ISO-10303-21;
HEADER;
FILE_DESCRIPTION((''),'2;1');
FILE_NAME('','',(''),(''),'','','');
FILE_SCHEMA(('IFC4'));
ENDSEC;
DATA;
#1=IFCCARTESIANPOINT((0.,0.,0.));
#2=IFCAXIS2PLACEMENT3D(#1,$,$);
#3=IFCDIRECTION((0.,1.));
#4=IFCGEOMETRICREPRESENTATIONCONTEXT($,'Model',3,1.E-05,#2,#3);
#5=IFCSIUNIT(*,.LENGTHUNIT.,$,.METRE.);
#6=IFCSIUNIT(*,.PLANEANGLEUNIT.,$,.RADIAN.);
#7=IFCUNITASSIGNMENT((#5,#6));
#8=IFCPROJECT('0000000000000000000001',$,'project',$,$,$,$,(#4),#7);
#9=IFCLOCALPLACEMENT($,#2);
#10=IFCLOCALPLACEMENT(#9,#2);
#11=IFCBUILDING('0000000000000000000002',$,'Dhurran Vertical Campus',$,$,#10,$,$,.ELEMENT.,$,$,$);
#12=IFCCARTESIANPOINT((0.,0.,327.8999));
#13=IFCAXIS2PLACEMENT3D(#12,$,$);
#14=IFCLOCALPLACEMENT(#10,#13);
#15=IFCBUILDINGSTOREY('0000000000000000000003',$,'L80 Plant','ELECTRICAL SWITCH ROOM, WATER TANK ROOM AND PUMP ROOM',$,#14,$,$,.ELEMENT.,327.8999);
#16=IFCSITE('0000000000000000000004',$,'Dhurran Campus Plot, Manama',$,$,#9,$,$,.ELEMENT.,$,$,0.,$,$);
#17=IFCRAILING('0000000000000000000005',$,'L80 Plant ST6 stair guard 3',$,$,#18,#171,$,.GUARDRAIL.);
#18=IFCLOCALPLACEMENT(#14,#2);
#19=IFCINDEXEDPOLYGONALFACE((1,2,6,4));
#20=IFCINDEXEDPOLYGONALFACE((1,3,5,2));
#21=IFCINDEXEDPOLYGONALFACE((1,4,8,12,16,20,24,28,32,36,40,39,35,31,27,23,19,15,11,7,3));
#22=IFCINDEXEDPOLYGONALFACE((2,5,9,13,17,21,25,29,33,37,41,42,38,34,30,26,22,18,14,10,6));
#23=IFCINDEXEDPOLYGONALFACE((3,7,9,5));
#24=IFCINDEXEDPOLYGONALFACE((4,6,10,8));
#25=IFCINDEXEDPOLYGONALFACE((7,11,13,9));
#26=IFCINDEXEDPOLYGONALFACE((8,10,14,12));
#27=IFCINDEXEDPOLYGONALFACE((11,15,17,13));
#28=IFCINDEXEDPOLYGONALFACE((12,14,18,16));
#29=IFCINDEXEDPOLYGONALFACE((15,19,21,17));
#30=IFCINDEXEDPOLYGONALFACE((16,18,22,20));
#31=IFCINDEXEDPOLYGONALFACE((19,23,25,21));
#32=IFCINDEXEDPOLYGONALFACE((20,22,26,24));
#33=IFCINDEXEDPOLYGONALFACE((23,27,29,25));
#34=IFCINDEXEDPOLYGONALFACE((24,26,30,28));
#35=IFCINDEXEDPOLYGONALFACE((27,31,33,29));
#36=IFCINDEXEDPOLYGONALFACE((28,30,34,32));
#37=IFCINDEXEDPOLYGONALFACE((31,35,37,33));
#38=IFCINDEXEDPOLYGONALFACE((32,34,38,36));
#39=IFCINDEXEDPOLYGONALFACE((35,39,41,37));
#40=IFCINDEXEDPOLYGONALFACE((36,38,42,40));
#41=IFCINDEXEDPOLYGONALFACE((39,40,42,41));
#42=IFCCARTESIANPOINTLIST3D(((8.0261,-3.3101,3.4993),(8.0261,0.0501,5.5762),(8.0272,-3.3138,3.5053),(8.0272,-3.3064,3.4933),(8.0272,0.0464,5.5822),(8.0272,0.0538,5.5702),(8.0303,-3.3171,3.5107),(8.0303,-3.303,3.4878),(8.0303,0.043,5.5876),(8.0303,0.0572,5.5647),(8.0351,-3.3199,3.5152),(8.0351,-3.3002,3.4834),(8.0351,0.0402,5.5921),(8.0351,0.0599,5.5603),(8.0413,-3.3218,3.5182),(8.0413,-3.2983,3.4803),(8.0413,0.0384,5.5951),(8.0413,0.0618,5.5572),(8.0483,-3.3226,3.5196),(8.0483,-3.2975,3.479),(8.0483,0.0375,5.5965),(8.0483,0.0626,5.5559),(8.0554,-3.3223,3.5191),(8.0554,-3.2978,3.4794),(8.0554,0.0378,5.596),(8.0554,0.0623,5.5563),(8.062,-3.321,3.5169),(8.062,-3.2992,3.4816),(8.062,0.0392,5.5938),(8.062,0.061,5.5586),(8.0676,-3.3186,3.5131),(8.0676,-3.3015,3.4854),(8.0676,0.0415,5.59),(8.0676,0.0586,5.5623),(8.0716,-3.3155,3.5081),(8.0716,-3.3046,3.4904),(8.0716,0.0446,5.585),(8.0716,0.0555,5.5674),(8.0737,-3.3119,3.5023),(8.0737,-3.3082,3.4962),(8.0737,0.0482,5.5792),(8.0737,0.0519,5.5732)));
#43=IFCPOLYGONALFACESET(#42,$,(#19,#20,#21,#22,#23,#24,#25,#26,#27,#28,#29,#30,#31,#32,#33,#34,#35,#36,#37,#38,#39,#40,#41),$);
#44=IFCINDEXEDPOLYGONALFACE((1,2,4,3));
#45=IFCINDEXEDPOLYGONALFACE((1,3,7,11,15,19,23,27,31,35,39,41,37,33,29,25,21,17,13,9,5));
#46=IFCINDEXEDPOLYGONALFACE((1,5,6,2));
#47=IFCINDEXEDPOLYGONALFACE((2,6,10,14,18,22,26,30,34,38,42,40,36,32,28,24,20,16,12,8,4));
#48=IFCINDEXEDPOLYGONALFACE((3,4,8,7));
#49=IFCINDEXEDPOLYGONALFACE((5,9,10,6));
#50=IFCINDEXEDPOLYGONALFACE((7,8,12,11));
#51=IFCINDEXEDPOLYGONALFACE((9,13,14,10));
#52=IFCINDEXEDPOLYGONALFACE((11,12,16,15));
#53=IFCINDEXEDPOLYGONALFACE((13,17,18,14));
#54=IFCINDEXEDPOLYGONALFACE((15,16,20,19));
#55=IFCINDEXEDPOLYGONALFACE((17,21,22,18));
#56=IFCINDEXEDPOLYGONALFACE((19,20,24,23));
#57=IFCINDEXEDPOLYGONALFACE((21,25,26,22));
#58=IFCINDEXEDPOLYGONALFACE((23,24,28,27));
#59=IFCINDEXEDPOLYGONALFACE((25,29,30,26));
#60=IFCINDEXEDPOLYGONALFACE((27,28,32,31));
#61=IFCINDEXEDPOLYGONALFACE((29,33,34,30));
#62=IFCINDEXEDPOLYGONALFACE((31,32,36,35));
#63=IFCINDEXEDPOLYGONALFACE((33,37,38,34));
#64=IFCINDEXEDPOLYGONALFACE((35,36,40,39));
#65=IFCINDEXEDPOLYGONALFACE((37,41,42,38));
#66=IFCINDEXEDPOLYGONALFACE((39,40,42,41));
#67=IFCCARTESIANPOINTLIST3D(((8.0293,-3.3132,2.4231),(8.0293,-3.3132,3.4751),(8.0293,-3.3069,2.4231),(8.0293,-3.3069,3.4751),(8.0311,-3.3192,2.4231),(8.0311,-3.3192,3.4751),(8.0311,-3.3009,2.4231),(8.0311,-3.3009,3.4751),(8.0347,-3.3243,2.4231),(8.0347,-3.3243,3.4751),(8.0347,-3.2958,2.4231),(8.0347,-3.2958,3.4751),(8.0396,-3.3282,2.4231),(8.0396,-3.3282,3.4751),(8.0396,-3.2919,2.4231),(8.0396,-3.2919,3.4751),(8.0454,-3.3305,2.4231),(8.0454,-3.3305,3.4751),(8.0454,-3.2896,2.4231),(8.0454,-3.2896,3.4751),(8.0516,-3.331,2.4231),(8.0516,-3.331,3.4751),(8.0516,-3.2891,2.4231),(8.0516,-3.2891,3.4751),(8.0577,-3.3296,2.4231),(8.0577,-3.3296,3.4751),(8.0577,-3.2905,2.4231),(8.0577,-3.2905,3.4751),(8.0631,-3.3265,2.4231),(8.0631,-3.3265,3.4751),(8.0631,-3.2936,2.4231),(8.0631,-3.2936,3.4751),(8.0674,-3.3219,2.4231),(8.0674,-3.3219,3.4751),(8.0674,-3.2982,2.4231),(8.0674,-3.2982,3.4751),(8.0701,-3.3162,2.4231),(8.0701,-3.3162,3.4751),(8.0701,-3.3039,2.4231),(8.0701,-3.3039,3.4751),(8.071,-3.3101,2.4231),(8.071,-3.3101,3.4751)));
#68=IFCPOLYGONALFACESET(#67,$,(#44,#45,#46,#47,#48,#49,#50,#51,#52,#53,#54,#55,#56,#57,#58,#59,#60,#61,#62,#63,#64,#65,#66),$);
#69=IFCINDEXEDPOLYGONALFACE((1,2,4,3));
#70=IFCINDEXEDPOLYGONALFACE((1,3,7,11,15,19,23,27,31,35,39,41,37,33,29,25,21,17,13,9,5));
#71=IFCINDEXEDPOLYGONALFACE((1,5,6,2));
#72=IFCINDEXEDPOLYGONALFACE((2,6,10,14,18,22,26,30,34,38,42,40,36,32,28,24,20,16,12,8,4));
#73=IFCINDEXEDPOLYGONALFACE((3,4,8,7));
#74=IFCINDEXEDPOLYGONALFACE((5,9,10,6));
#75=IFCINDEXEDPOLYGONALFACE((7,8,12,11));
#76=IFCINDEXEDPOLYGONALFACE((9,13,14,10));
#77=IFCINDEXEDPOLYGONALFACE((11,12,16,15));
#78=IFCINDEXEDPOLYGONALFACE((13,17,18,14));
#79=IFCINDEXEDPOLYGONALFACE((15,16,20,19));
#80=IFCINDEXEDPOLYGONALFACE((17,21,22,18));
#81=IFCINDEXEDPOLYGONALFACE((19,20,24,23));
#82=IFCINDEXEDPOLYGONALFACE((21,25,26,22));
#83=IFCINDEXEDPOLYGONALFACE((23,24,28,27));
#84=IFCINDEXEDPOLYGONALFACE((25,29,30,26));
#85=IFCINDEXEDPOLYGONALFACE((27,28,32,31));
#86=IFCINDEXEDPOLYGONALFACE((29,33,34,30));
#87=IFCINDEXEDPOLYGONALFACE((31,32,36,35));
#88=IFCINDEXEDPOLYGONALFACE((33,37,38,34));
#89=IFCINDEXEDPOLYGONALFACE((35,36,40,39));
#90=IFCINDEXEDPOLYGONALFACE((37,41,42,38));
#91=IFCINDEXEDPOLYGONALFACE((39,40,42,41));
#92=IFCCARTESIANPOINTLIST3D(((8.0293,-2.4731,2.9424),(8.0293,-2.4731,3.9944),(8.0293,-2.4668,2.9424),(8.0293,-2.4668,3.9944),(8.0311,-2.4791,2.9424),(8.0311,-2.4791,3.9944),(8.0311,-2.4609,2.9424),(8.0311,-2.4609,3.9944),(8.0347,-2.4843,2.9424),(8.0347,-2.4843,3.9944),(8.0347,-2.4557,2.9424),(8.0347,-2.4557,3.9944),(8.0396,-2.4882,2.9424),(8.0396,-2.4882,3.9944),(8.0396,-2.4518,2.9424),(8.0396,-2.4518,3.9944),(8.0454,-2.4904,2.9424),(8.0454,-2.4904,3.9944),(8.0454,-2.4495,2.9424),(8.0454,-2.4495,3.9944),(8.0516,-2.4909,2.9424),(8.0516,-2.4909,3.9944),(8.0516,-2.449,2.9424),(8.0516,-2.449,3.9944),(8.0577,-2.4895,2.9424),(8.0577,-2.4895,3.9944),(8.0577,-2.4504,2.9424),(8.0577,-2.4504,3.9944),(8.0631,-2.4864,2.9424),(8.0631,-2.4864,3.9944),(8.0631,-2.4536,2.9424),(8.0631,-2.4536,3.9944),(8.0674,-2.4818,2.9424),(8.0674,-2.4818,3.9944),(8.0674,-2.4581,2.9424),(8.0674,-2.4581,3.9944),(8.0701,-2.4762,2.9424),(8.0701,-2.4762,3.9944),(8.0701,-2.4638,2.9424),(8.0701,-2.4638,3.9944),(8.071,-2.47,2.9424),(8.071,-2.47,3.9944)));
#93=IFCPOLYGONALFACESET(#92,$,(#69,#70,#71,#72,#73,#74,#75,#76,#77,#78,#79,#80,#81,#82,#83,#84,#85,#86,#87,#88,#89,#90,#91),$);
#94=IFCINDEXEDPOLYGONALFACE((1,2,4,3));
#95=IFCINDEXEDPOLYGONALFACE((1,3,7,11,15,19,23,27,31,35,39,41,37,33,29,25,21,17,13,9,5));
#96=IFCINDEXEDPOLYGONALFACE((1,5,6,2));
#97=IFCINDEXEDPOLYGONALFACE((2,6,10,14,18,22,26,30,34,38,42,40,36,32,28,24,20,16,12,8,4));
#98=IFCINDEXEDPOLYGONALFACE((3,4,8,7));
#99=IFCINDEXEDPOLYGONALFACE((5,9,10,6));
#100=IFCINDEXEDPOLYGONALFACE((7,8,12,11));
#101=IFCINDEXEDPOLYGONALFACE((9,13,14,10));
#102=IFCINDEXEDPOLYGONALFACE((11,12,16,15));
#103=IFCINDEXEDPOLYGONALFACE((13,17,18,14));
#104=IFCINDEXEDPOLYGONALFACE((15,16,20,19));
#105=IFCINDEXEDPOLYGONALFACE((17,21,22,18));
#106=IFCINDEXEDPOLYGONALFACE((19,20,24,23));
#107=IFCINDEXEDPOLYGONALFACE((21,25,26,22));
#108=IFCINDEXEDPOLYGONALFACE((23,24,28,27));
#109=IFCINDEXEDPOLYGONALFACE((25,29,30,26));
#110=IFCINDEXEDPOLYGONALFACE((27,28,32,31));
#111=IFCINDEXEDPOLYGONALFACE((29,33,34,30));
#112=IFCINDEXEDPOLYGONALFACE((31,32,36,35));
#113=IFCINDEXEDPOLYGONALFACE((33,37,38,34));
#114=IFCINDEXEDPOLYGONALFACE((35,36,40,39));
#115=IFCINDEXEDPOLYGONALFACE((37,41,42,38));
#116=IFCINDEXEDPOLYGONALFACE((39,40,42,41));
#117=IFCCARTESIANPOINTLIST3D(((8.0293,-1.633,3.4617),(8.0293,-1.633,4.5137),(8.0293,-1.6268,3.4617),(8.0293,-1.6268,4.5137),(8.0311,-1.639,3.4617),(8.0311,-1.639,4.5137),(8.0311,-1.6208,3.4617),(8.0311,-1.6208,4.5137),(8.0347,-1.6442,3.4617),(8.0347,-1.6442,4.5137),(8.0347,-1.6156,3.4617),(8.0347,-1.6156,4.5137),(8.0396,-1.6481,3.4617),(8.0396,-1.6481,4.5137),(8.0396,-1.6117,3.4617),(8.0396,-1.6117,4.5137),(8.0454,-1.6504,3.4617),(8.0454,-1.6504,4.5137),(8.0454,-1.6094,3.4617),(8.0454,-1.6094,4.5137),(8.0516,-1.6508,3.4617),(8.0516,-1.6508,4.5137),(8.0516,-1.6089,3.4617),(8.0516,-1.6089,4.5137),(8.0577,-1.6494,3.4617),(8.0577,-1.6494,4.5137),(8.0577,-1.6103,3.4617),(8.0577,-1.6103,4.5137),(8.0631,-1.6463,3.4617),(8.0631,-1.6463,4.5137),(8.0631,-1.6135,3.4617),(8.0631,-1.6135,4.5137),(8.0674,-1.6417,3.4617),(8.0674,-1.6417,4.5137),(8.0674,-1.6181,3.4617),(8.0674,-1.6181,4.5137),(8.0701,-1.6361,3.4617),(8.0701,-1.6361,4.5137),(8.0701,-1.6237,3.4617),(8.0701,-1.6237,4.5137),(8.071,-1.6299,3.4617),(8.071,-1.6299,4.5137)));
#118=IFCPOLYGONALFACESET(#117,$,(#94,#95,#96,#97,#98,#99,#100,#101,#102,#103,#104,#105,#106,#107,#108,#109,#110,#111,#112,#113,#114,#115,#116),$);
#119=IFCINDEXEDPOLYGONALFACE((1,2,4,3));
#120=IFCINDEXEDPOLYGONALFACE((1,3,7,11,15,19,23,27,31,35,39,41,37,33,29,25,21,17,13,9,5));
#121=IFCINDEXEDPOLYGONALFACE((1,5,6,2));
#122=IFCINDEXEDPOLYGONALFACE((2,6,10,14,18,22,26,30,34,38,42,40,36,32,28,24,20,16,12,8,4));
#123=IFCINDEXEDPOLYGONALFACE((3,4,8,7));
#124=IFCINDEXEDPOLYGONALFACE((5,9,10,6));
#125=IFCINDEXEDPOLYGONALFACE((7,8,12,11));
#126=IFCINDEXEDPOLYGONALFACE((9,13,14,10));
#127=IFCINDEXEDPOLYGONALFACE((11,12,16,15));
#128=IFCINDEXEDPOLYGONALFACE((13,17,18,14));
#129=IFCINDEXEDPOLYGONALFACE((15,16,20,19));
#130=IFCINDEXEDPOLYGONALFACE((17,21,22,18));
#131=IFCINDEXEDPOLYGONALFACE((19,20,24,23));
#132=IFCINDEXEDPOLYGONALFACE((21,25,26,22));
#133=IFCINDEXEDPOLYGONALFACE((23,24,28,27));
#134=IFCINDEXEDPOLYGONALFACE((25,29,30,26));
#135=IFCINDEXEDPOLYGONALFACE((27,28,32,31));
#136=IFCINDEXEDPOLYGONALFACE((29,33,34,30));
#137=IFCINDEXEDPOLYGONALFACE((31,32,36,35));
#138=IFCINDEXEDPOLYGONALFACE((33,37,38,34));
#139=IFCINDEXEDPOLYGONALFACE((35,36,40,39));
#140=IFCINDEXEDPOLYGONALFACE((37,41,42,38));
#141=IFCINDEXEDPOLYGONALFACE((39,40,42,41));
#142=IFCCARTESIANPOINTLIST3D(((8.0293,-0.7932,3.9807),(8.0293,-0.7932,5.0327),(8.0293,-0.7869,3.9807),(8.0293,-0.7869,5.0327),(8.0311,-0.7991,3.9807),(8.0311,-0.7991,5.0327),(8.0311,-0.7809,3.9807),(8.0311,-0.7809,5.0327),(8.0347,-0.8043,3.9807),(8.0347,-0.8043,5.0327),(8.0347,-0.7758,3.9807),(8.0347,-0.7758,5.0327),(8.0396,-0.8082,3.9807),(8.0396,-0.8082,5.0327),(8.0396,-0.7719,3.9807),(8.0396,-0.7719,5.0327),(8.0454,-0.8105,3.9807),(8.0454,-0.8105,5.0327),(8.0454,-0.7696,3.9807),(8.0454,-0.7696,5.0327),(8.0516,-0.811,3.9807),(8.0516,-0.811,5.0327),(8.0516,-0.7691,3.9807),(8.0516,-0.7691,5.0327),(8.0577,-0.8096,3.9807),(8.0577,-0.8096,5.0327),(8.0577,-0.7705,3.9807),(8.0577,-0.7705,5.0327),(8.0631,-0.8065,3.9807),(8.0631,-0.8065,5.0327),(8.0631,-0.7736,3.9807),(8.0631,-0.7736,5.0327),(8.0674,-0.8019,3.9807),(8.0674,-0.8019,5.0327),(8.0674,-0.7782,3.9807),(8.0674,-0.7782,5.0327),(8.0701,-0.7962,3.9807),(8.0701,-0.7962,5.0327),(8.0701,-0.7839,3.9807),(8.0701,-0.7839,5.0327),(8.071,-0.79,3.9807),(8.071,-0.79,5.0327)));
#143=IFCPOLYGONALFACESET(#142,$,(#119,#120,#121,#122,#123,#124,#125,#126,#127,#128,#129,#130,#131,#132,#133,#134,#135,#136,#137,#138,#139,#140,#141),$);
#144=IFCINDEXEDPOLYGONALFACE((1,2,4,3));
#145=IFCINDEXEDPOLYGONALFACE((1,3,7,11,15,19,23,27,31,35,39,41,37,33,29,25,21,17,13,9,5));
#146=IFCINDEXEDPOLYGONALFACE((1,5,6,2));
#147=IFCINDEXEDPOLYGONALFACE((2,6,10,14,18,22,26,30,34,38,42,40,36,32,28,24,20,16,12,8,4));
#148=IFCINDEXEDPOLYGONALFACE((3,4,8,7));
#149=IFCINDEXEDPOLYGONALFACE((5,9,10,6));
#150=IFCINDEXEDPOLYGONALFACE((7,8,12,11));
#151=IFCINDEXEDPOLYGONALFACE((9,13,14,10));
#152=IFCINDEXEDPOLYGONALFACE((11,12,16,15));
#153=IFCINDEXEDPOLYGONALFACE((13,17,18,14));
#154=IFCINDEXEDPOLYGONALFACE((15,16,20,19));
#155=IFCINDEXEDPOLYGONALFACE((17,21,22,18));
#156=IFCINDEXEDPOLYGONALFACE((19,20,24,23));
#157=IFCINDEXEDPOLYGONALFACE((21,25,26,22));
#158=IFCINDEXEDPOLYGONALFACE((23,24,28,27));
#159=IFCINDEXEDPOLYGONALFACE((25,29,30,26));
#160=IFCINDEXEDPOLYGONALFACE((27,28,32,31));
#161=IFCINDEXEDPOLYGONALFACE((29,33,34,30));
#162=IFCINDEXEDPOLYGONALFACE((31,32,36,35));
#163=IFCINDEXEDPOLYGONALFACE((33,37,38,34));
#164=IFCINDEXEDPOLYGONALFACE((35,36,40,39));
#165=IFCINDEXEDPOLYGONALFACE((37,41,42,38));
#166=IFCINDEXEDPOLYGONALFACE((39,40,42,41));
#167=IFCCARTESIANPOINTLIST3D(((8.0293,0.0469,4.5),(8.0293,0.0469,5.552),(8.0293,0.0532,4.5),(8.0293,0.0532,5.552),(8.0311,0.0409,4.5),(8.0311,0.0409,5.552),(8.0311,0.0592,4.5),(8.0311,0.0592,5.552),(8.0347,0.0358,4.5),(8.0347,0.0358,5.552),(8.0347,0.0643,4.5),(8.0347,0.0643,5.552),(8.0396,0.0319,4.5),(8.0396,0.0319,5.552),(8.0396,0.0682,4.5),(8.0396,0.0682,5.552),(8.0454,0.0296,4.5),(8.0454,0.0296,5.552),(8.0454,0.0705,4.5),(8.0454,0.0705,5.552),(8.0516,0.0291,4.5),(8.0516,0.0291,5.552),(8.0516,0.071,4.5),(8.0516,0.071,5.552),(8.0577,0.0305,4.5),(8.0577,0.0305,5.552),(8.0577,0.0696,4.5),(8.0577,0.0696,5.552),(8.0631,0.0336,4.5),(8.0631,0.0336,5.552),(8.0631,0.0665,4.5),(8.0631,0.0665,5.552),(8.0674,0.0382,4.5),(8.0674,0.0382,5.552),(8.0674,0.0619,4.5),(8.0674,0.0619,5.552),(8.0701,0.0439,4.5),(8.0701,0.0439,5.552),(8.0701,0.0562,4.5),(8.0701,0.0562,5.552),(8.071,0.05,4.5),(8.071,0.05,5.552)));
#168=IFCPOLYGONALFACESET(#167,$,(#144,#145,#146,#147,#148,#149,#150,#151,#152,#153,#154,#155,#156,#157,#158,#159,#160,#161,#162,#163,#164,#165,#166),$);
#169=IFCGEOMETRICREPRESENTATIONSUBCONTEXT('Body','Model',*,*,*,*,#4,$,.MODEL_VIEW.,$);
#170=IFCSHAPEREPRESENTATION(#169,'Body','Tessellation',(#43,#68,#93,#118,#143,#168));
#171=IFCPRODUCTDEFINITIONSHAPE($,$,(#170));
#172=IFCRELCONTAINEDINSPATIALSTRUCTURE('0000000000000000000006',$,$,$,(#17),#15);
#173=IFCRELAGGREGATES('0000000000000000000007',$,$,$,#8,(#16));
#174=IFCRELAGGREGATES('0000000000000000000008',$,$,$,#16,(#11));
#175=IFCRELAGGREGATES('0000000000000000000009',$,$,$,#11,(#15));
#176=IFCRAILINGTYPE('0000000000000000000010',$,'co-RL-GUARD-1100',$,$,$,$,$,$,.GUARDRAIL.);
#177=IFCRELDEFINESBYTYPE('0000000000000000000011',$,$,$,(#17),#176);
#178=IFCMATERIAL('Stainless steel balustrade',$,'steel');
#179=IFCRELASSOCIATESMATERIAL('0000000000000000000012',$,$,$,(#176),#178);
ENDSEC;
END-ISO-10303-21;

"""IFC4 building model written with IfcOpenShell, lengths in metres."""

from ifc_helpers import new_model, si_unit, direction, frame, origin, origin_2d, place, context, subcontext, project, spatial, circle, extrude, material, type_object, element, save


model = new_model("IFC4")

# Units and contexts
model_context = context("Model", 3, precision=1e-05, world=origin(), true_north=direction((0.0, 1.0)))
body_context = subcontext(model_context, "Body", "Model", "MODEL_VIEW")
ifc_project = project(units=[si_unit("LENGTHUNIT", "METRE"), si_unit("PLANEANGLEUNIT", "RADIAN")], contexts=[model_context])

# Site, building, storey
site_placement = place(None, origin())
site = spatial("IfcSite", under=ifc_project, at=site_placement, Name="Dhurran Campus Plot, Manama", CompositionType="ELEMENT", RefElevation=0.0)
building_placement = place(site_placement, origin())
building = spatial("IfcBuilding", under=site, at=building_placement, Name="Dhurran Vertical Campus", CompositionType="ELEMENT")
storey_placement = place(building_placement, frame((0.0, 0.0, 327.8999)))
storey = spatial("IfcBuildingStorey", under=building, at=storey_placement, Name="L80 Plant", Description="ELECTRICAL SWITCH ROOM, WATER TANK ROOM AND PUMP ROOM", CompositionType="ELEMENT", Elevation=327.8999)

# Railing
ifc_material_1 = material(Name="Stainless steel balustrade", Category="steel")
railing_type = type_object("IfcRailingType", Name="co-RL-GUARD-1100", PredefinedType="GUARDRAIL", material=ifc_material_1)
railing_1_placement = place(storey_placement, frame((8.05, -3.3101, 2.4231)))
element("IfcRailing", 1, at=railing_1_placement, inside=storey, type_object=railing_type, Name="L80 Plant ST6 stair guard 3", PredefinedType="GUARDRAIL", context=body_context, shape_type="SweptSolid", body=[
    extrude(circle(Radius=0.0239, at=origin_2d()), frame((0.0, 0.0, 1.0762), z_axis=(0.0, 0.850623, 0.525776), x_axis=(-1.0, 0.0, 0.0)), (0.0, 0.0, 1.0), 3.9502),
    extrude(circle(Radius=0.021, at=origin_2d()), origin(), (0.0, 0.0, 1.0), 1.052),
    extrude(circle(Radius=0.021, at=origin_2d()), frame((0.0, 0.8401, 0.5193)), (0.0, 0.0, 1.0), 1.052),
    extrude(circle(Radius=0.021, at=origin_2d()), frame((0.0, 1.6802, 1.0386)), (0.0, 0.0, 1.0), 1.052),
    extrude(circle(Radius=0.021, at=origin_2d()), frame((0.0, 2.52, 1.5576)), (0.0, 0.0, 1.0), 1.052),
    extrude(circle(Radius=0.021, at=origin_2d()), frame((0.0, 3.3601, 2.0769)), (0.0, 0.0, 1.0), 1.052),
])

save(model, "model.ifc")
